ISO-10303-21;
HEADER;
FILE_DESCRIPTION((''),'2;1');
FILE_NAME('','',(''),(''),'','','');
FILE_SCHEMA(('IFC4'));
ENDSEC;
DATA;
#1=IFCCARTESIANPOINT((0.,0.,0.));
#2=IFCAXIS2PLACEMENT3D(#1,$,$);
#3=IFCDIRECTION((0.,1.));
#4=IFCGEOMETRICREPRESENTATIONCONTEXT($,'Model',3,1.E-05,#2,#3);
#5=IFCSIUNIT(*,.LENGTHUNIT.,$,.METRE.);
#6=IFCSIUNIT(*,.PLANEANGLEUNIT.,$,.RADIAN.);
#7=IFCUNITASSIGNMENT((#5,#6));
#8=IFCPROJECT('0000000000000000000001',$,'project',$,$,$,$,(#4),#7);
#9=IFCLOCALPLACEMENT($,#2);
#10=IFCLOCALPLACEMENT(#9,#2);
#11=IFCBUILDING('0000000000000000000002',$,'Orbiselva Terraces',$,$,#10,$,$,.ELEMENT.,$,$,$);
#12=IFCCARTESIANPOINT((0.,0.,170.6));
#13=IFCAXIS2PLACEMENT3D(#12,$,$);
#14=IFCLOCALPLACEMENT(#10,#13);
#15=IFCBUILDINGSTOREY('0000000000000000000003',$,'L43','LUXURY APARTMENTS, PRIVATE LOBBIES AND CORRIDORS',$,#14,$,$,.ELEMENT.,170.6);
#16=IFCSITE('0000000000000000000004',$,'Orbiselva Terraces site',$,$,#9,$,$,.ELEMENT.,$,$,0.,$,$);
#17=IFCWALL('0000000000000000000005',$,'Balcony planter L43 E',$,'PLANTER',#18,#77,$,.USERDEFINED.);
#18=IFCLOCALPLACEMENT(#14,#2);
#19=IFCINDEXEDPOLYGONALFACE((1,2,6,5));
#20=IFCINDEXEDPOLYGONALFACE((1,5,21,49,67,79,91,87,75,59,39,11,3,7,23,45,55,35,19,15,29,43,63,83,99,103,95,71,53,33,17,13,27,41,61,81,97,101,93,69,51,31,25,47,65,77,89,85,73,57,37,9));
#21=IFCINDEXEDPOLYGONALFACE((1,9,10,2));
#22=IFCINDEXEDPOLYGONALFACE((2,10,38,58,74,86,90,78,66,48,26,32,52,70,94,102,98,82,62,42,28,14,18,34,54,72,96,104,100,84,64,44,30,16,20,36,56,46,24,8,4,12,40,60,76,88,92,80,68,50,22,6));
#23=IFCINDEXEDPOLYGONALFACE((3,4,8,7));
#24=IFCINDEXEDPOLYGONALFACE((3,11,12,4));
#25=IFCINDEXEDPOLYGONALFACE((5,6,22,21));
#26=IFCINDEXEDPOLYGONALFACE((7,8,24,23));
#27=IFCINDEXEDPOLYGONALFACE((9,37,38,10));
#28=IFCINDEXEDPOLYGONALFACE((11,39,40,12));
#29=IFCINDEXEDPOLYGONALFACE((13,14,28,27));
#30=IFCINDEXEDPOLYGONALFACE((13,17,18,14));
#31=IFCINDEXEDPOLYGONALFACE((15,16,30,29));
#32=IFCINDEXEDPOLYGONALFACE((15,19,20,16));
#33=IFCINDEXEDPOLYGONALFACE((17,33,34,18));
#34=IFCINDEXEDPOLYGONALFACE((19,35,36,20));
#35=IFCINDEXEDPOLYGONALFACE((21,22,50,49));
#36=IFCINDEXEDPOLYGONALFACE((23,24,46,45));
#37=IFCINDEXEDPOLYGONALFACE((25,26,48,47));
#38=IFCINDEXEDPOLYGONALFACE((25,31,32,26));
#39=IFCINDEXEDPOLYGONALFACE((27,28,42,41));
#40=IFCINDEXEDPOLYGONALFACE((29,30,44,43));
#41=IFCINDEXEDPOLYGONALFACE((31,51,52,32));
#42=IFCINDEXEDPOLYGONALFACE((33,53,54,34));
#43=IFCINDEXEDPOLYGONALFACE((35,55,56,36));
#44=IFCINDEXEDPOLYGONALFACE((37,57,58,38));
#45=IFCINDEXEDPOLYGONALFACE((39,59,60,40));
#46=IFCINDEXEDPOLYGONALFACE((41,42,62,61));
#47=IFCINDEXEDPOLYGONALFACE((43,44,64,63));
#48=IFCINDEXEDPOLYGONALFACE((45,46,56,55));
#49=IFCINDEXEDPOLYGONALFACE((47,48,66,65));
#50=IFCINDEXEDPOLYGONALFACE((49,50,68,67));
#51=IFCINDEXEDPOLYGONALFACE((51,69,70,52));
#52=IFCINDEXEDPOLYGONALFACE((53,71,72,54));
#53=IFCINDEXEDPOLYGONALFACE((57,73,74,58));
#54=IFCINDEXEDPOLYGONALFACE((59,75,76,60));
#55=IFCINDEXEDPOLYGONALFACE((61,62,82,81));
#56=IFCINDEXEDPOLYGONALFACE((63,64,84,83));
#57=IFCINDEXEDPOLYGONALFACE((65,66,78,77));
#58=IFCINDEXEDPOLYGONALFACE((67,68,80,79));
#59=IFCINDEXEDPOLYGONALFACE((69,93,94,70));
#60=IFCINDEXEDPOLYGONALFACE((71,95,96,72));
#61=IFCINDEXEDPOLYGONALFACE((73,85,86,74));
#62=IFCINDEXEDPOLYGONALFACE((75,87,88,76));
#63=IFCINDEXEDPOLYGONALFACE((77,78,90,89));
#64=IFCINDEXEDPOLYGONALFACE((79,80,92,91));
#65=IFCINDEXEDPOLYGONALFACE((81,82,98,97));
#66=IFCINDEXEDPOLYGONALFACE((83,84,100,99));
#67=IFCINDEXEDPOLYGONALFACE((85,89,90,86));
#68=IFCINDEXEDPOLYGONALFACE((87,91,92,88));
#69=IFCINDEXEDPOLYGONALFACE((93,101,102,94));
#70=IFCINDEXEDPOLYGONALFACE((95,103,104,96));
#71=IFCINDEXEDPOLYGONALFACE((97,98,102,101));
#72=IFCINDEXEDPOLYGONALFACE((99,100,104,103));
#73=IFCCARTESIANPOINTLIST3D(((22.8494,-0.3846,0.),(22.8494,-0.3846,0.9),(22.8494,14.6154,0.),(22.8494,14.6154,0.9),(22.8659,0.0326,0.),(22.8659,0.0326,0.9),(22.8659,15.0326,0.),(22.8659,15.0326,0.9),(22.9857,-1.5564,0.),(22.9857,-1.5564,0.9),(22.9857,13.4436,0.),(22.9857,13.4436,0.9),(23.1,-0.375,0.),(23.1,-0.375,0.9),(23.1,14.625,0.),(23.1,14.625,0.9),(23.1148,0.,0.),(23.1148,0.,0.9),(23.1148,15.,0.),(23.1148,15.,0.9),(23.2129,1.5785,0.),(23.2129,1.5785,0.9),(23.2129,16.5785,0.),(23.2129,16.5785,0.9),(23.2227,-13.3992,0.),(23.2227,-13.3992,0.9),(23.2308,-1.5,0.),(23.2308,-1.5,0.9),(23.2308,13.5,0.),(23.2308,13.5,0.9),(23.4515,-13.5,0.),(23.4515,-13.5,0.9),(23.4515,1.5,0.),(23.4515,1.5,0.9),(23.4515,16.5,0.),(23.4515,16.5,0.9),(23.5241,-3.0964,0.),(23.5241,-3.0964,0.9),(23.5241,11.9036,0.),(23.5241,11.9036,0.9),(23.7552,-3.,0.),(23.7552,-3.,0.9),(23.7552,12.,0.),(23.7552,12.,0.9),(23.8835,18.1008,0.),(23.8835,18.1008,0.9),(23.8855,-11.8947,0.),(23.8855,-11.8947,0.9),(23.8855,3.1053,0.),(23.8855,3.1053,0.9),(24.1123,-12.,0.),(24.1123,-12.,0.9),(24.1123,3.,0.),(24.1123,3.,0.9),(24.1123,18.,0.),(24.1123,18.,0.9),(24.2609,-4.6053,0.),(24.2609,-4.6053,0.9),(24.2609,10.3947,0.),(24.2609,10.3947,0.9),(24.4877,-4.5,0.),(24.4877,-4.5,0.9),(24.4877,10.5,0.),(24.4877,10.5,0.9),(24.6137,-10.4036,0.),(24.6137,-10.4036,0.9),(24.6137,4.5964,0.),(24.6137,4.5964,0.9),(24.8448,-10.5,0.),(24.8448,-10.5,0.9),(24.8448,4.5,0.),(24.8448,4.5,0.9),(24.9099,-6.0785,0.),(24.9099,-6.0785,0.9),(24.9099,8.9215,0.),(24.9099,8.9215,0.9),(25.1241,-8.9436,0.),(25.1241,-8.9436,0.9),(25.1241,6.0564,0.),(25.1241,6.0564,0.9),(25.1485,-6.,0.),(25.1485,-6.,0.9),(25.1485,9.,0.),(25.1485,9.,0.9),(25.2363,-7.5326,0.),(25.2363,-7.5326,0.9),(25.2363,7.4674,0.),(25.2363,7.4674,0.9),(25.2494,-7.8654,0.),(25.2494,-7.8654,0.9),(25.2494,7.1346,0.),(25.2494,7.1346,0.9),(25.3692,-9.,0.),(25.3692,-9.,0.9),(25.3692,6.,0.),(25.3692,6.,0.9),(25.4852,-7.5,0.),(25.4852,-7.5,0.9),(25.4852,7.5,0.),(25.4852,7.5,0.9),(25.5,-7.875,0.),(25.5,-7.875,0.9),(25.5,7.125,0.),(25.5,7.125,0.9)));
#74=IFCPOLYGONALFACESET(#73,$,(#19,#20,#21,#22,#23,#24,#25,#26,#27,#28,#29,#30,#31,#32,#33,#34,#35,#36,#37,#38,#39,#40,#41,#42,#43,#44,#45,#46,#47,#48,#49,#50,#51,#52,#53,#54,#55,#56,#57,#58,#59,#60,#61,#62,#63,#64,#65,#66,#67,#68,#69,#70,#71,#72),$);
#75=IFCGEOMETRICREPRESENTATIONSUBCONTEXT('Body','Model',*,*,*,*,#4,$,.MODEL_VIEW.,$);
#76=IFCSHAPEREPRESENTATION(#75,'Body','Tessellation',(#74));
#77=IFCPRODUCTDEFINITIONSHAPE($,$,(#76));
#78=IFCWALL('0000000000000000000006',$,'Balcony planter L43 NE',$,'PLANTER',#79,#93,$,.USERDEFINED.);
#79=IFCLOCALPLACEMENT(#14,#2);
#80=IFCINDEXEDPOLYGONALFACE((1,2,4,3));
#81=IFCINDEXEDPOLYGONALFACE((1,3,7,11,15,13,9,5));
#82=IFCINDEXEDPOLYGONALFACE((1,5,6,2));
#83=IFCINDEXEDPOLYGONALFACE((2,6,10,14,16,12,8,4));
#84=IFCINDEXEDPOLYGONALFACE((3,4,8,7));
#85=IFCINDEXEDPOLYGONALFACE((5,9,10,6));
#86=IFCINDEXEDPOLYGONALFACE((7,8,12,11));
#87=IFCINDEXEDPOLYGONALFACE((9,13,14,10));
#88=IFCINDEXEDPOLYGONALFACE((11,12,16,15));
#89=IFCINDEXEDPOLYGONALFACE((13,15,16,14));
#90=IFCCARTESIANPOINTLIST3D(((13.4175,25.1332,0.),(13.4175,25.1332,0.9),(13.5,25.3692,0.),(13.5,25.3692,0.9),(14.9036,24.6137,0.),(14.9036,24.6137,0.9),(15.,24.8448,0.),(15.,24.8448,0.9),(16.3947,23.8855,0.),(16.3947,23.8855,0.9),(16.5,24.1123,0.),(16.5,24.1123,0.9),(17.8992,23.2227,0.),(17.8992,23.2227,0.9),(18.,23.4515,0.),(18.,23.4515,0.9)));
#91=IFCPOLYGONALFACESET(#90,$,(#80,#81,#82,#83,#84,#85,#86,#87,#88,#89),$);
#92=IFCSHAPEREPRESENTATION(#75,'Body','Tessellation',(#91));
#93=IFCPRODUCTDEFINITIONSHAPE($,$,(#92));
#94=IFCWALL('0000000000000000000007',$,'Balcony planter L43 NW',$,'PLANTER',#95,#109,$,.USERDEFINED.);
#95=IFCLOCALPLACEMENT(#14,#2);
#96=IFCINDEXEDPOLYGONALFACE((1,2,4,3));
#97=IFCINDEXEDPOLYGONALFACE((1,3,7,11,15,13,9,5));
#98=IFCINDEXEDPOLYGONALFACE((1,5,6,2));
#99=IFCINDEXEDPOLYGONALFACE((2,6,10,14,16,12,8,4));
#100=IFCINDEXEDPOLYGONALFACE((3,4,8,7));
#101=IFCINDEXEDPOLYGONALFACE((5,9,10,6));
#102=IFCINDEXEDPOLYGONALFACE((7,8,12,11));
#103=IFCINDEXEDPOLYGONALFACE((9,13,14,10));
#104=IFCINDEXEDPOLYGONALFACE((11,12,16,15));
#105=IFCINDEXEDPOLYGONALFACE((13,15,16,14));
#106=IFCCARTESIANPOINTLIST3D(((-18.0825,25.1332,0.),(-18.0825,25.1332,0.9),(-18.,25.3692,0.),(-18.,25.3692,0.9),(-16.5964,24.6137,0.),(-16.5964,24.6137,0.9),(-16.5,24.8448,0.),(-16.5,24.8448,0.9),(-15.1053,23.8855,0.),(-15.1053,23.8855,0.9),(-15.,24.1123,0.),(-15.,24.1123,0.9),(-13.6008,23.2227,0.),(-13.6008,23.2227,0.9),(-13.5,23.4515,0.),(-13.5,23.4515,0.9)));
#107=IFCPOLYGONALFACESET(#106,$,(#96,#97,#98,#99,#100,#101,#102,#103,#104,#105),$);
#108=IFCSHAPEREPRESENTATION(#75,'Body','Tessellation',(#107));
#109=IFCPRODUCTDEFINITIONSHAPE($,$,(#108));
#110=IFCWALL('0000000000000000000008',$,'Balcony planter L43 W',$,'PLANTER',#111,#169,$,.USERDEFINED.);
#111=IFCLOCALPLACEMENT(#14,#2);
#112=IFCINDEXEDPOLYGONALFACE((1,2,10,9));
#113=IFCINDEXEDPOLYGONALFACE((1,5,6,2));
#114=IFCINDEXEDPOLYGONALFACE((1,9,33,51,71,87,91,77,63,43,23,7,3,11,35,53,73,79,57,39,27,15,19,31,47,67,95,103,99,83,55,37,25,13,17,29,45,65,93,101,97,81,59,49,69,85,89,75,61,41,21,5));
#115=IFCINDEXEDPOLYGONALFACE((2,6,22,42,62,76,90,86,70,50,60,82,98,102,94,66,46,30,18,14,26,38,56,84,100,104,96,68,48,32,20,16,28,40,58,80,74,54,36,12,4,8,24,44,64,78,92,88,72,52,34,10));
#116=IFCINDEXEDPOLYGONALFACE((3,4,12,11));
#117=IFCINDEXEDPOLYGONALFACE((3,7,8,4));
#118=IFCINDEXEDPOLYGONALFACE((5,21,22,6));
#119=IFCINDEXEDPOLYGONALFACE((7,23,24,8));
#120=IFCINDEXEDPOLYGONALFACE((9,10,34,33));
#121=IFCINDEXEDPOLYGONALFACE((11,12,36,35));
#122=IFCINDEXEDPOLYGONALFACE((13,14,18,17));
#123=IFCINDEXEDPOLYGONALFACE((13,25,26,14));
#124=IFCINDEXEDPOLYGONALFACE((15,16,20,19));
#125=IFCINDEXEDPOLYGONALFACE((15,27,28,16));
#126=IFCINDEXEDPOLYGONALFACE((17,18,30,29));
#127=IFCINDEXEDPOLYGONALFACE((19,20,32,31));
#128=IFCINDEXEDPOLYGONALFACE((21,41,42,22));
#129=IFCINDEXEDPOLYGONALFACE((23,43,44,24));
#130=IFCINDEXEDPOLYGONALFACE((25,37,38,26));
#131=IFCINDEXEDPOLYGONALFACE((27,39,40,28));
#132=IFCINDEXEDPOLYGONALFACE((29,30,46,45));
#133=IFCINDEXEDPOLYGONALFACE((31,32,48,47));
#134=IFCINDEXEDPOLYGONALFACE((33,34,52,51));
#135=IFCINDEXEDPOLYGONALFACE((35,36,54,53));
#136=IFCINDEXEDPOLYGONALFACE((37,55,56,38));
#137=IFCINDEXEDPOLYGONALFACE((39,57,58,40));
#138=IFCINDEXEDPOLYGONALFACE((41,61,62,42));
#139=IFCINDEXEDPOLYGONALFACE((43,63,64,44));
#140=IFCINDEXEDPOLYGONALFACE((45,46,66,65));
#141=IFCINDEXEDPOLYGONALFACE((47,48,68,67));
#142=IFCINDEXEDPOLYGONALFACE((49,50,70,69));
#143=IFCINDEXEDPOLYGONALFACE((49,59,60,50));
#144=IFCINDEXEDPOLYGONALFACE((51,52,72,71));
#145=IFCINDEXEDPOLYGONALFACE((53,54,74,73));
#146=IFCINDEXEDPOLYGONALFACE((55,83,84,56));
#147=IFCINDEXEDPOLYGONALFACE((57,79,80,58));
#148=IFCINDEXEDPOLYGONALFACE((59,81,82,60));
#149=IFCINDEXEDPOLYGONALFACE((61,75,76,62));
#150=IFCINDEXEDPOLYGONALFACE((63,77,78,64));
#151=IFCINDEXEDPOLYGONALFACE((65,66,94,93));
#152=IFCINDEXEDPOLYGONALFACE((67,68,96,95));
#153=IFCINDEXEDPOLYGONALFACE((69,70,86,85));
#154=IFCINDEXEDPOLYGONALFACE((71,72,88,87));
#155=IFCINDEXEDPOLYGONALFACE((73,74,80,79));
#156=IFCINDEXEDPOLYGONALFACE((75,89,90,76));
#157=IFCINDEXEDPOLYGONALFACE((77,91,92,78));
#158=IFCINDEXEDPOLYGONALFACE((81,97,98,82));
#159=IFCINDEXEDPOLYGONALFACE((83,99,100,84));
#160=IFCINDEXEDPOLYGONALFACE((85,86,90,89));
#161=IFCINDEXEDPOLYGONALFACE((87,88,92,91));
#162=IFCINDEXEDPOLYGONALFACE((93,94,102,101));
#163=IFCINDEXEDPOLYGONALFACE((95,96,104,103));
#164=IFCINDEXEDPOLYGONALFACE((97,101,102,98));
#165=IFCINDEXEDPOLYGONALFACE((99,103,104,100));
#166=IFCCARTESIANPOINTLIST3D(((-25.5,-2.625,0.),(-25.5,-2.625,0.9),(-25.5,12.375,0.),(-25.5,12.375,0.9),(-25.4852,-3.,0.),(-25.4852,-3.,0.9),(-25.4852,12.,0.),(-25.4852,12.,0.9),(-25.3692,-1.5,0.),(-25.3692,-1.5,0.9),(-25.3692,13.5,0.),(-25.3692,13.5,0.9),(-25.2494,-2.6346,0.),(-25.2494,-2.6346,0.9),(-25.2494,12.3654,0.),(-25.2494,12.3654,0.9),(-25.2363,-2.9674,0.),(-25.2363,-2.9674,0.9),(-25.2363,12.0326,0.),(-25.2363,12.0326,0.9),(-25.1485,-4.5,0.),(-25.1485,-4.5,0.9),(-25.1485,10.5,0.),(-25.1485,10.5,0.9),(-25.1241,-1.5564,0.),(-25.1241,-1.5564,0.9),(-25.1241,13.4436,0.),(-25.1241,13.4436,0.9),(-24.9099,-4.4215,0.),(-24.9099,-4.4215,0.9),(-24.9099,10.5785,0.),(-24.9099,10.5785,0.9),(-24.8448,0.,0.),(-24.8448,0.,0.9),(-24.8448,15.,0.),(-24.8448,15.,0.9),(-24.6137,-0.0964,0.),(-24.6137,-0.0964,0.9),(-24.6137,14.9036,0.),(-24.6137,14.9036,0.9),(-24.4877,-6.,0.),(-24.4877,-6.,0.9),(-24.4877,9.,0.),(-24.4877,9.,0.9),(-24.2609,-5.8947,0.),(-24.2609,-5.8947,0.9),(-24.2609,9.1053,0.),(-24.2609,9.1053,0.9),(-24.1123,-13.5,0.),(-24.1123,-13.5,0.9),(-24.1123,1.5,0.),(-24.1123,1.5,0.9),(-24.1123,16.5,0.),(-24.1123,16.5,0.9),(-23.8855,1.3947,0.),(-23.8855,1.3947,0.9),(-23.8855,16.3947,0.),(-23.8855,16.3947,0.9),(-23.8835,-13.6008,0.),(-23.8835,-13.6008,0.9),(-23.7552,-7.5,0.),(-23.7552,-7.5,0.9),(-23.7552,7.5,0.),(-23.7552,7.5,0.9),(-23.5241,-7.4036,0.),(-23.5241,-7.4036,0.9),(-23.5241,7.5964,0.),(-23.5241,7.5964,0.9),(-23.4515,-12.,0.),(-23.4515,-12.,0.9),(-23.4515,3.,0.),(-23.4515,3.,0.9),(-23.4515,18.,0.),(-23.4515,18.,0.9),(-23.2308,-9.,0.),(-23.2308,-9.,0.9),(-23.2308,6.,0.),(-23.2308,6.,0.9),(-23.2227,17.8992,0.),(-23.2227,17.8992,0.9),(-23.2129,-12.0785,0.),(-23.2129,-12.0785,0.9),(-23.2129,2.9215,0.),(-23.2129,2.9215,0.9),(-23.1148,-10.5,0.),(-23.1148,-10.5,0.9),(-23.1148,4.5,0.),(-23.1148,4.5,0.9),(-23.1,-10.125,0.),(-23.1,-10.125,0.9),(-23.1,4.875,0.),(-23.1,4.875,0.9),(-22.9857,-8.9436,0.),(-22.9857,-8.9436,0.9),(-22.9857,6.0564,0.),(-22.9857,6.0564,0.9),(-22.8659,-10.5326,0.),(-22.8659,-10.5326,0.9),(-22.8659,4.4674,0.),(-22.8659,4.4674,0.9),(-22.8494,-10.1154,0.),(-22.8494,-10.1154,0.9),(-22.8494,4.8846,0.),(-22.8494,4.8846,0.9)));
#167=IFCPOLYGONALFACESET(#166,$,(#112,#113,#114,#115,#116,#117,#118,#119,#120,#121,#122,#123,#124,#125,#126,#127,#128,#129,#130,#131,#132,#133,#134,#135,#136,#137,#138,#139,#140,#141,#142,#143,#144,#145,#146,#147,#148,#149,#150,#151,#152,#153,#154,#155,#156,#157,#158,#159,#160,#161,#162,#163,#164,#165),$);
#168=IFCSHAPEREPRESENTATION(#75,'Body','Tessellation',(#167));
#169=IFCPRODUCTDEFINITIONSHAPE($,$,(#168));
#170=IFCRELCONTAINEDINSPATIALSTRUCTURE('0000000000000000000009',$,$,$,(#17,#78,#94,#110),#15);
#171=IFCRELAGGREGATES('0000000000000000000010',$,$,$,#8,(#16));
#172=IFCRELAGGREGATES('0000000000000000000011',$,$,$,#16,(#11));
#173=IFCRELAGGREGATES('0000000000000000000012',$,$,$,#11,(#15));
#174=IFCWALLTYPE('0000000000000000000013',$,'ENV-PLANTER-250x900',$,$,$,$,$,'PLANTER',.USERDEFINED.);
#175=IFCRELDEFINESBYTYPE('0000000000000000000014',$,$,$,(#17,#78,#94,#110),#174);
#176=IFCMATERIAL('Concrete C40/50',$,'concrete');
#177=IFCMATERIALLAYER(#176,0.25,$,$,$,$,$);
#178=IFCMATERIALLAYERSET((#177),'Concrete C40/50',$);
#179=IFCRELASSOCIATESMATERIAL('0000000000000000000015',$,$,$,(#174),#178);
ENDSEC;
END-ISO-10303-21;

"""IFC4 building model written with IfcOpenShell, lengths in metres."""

from ifc_helpers import new_model, si_unit, direction, frame, origin, place, context, subcontext, project, spatial, polyline, outline, extrude, material, layer, layer_set, type_object, element, save


model = new_model("IFC4")

# Units and contexts
model_context = context("Model", 3, precision=1e-05, world=origin(), true_north=direction((0.0, 1.0)))
body_context = subcontext(model_context, "Body", "Model", "MODEL_VIEW")
ifc_project = project(units=[si_unit("LENGTHUNIT", "METRE"), si_unit("PLANEANGLEUNIT", "RADIAN")], contexts=[model_context])

# Site, building, storey
site_placement = place(None, origin())
site = spatial("IfcSite", under=ifc_project, at=site_placement, Name="Orbiselva Terraces site", CompositionType="ELEMENT", RefElevation=0.0)
building_placement = place(site_placement, origin())
building = spatial("IfcBuilding", under=site, at=building_placement, Name="Orbiselva Terraces", CompositionType="ELEMENT")
storey_placement = place(building_placement, frame((0.0, 0.0, 170.6)))
storey = spatial("IfcBuildingStorey", under=building, at=storey_placement, Name="L43", Description="LUXURY APARTMENTS, PRIVATE LOBBIES AND CORRIDORS", CompositionType="ELEMENT", Elevation=170.6)

# Shared definitions
ifc_material_1 = material(Name="Concrete C40/50", Category="concrete")

# Walls
ifc_layer_1 = layer(ifc_material_1, 0.25)
ifc_layer_set_1 = layer_set([ifc_layer_1], Name="Concrete C40/50")
wall_type = type_object("IfcWallType", Name="ENV-PLANTER-250x900", ElementType="PLANTER", PredefinedType="USERDEFINED", material=ifc_layer_set_1)
wall_1_placement = place(storey_placement, origin())
element("IfcWall", 1, at=wall_1_placement, inside=storey, type_object=wall_type, Name="Balcony planter L43 E", ObjectType="PLANTER", PredefinedType="USERDEFINED", context=body_context, shape_type="SweptSolid", body=[
    extrude(outline(polyline([(23.4515, -13.5), (24.1123, -12.0), (24.8448, -10.5), (25.3692, -9.0), (25.5, -7.875), (25.4852, -7.5), (25.1485, -6.0), (24.4877, -4.5), (23.7552, -3.0), (23.2308, -1.5), (23.1, -0.375), (23.1148, 0.0), (23.4515, 1.5), (24.1123, 3.0), (24.8448, 4.5), (25.3692, 6.0), (25.5, 7.125), (25.4852, 7.5), (25.1485, 9.0), (24.4877, 10.5), (23.7552, 12.0), (23.2308, 13.5), (23.1, 14.625), (23.1148, 15.0), (23.4515, 16.5), (24.1123, 18.0), (23.8835, 18.1008), (23.2129, 16.5785), (22.8659, 15.0326), (22.8494, 14.6154), (22.9857, 13.4436), (23.5241, 11.9036), (24.2609, 10.3947), (24.9099, 8.9215), (25.2363, 7.4674), (25.2494, 7.1346), (25.1241, 6.0564), (24.6137, 4.5964), (23.8855, 3.1053), (23.2129, 1.5785), (22.8659, 0.0326), (22.8494, -0.3846), (22.9857, -1.5564), (23.5241, -3.0964), (24.2609, -4.6053), (24.9099, -6.0785), (25.2363, -7.5326), (25.2494, -7.8654), (25.1241, -8.9436), (24.6137, -10.4036), (23.8855, -11.8947), (23.2227, -13.3992), (23.4515, -13.5)])), origin(), (0.0, 0.0, 1.0), 0.9),
])
wall_2_placement = place(storey_placement, origin())
element("IfcWall", 2, at=wall_2_placement, inside=storey, type_object=wall_type, Name="Balcony planter L43 NE", ObjectType="PLANTER", PredefinedType="USERDEFINED", context=body_context, shape_type="SweptSolid", body=[
    extrude(outline(polyline([(18.0, 23.4515), (16.5, 24.1123), (15.0, 24.8448), (13.5, 25.3692), (13.4175, 25.1332), (14.9036, 24.6137), (16.3947, 23.8855), (17.8992, 23.2227), (18.0, 23.4515)])), origin(), (0.0, 0.0, 1.0), 0.9),
])
wall_3_placement = place(storey_placement, origin())
element("IfcWall", 3, at=wall_3_placement, inside=storey, type_object=wall_type, Name="Balcony planter L43 NW", ObjectType="PLANTER", PredefinedType="USERDEFINED", context=body_context, shape_type="SweptSolid", body=[
    extrude(outline(polyline([(-13.5, 23.4515), (-15.0, 24.1123), (-16.5, 24.8448), (-18.0, 25.3692), (-18.0825, 25.1332), (-16.5964, 24.6137), (-15.1053, 23.8855), (-13.6008, 23.2227), (-13.5, 23.4515)])), origin(), (0.0, 0.0, 1.0), 0.9),
])
wall_4_placement = place(storey_placement, origin())
element("IfcWall", 4, at=wall_4_placement, inside=storey, type_object=wall_type, Name="Balcony planter L43 W", ObjectType="PLANTER", PredefinedType="USERDEFINED", context=body_context, shape_type="SweptSolid", body=[
    extrude(outline(polyline([(-23.4515, 18.0), (-24.1123, 16.5), (-24.8448, 15.0), (-25.3692, 13.5), (-25.5, 12.375), (-25.4852, 12.0), (-25.1485, 10.5), (-24.4877, 9.0), (-23.7552, 7.5), (-23.2308, 6.0), (-23.1, 4.875), (-23.1148, 4.5), (-23.4515, 3.0), (-24.1123, 1.5), (-24.8448, 0.0), (-25.3692, -1.5), (-25.5, -2.625), (-25.4852, -3.0), (-25.1485, -4.5), (-24.4877, -6.0), (-23.7552, -7.5), (-23.2308, -9.0), (-23.1, -10.125), (-23.1148, -10.5), (-23.4515, -12.0), (-24.1123, -13.5), (-23.8835, -13.6008), (-23.2129, -12.0785), (-22.8659, -10.5326), (-22.8494, -10.1154), (-22.9857, -8.9436), (-23.5241, -7.4036), (-24.2609, -5.8947), (-24.9099, -4.4215), (-25.2363, -2.9674), (-25.2494, -2.6346), (-25.1241, -1.5564), (-24.6137, -0.0964), (-23.8855, 1.3947), (-23.2129, 2.9215), (-22.8659, 4.4674), (-22.8494, 4.8846), (-22.9857, 6.0564), (-23.5241, 7.5964), (-24.2609, 9.1053), (-24.9099, 10.5785), (-25.2363, 12.0326), (-25.2494, 12.3654), (-25.1241, 13.4436), (-24.6137, 14.9036), (-23.8855, 16.3947), (-23.2227, 17.8992), (-23.4515, 18.0)])), origin(), (0.0, 0.0, 1.0), 0.9),
])

save(model, "model.ifc")
